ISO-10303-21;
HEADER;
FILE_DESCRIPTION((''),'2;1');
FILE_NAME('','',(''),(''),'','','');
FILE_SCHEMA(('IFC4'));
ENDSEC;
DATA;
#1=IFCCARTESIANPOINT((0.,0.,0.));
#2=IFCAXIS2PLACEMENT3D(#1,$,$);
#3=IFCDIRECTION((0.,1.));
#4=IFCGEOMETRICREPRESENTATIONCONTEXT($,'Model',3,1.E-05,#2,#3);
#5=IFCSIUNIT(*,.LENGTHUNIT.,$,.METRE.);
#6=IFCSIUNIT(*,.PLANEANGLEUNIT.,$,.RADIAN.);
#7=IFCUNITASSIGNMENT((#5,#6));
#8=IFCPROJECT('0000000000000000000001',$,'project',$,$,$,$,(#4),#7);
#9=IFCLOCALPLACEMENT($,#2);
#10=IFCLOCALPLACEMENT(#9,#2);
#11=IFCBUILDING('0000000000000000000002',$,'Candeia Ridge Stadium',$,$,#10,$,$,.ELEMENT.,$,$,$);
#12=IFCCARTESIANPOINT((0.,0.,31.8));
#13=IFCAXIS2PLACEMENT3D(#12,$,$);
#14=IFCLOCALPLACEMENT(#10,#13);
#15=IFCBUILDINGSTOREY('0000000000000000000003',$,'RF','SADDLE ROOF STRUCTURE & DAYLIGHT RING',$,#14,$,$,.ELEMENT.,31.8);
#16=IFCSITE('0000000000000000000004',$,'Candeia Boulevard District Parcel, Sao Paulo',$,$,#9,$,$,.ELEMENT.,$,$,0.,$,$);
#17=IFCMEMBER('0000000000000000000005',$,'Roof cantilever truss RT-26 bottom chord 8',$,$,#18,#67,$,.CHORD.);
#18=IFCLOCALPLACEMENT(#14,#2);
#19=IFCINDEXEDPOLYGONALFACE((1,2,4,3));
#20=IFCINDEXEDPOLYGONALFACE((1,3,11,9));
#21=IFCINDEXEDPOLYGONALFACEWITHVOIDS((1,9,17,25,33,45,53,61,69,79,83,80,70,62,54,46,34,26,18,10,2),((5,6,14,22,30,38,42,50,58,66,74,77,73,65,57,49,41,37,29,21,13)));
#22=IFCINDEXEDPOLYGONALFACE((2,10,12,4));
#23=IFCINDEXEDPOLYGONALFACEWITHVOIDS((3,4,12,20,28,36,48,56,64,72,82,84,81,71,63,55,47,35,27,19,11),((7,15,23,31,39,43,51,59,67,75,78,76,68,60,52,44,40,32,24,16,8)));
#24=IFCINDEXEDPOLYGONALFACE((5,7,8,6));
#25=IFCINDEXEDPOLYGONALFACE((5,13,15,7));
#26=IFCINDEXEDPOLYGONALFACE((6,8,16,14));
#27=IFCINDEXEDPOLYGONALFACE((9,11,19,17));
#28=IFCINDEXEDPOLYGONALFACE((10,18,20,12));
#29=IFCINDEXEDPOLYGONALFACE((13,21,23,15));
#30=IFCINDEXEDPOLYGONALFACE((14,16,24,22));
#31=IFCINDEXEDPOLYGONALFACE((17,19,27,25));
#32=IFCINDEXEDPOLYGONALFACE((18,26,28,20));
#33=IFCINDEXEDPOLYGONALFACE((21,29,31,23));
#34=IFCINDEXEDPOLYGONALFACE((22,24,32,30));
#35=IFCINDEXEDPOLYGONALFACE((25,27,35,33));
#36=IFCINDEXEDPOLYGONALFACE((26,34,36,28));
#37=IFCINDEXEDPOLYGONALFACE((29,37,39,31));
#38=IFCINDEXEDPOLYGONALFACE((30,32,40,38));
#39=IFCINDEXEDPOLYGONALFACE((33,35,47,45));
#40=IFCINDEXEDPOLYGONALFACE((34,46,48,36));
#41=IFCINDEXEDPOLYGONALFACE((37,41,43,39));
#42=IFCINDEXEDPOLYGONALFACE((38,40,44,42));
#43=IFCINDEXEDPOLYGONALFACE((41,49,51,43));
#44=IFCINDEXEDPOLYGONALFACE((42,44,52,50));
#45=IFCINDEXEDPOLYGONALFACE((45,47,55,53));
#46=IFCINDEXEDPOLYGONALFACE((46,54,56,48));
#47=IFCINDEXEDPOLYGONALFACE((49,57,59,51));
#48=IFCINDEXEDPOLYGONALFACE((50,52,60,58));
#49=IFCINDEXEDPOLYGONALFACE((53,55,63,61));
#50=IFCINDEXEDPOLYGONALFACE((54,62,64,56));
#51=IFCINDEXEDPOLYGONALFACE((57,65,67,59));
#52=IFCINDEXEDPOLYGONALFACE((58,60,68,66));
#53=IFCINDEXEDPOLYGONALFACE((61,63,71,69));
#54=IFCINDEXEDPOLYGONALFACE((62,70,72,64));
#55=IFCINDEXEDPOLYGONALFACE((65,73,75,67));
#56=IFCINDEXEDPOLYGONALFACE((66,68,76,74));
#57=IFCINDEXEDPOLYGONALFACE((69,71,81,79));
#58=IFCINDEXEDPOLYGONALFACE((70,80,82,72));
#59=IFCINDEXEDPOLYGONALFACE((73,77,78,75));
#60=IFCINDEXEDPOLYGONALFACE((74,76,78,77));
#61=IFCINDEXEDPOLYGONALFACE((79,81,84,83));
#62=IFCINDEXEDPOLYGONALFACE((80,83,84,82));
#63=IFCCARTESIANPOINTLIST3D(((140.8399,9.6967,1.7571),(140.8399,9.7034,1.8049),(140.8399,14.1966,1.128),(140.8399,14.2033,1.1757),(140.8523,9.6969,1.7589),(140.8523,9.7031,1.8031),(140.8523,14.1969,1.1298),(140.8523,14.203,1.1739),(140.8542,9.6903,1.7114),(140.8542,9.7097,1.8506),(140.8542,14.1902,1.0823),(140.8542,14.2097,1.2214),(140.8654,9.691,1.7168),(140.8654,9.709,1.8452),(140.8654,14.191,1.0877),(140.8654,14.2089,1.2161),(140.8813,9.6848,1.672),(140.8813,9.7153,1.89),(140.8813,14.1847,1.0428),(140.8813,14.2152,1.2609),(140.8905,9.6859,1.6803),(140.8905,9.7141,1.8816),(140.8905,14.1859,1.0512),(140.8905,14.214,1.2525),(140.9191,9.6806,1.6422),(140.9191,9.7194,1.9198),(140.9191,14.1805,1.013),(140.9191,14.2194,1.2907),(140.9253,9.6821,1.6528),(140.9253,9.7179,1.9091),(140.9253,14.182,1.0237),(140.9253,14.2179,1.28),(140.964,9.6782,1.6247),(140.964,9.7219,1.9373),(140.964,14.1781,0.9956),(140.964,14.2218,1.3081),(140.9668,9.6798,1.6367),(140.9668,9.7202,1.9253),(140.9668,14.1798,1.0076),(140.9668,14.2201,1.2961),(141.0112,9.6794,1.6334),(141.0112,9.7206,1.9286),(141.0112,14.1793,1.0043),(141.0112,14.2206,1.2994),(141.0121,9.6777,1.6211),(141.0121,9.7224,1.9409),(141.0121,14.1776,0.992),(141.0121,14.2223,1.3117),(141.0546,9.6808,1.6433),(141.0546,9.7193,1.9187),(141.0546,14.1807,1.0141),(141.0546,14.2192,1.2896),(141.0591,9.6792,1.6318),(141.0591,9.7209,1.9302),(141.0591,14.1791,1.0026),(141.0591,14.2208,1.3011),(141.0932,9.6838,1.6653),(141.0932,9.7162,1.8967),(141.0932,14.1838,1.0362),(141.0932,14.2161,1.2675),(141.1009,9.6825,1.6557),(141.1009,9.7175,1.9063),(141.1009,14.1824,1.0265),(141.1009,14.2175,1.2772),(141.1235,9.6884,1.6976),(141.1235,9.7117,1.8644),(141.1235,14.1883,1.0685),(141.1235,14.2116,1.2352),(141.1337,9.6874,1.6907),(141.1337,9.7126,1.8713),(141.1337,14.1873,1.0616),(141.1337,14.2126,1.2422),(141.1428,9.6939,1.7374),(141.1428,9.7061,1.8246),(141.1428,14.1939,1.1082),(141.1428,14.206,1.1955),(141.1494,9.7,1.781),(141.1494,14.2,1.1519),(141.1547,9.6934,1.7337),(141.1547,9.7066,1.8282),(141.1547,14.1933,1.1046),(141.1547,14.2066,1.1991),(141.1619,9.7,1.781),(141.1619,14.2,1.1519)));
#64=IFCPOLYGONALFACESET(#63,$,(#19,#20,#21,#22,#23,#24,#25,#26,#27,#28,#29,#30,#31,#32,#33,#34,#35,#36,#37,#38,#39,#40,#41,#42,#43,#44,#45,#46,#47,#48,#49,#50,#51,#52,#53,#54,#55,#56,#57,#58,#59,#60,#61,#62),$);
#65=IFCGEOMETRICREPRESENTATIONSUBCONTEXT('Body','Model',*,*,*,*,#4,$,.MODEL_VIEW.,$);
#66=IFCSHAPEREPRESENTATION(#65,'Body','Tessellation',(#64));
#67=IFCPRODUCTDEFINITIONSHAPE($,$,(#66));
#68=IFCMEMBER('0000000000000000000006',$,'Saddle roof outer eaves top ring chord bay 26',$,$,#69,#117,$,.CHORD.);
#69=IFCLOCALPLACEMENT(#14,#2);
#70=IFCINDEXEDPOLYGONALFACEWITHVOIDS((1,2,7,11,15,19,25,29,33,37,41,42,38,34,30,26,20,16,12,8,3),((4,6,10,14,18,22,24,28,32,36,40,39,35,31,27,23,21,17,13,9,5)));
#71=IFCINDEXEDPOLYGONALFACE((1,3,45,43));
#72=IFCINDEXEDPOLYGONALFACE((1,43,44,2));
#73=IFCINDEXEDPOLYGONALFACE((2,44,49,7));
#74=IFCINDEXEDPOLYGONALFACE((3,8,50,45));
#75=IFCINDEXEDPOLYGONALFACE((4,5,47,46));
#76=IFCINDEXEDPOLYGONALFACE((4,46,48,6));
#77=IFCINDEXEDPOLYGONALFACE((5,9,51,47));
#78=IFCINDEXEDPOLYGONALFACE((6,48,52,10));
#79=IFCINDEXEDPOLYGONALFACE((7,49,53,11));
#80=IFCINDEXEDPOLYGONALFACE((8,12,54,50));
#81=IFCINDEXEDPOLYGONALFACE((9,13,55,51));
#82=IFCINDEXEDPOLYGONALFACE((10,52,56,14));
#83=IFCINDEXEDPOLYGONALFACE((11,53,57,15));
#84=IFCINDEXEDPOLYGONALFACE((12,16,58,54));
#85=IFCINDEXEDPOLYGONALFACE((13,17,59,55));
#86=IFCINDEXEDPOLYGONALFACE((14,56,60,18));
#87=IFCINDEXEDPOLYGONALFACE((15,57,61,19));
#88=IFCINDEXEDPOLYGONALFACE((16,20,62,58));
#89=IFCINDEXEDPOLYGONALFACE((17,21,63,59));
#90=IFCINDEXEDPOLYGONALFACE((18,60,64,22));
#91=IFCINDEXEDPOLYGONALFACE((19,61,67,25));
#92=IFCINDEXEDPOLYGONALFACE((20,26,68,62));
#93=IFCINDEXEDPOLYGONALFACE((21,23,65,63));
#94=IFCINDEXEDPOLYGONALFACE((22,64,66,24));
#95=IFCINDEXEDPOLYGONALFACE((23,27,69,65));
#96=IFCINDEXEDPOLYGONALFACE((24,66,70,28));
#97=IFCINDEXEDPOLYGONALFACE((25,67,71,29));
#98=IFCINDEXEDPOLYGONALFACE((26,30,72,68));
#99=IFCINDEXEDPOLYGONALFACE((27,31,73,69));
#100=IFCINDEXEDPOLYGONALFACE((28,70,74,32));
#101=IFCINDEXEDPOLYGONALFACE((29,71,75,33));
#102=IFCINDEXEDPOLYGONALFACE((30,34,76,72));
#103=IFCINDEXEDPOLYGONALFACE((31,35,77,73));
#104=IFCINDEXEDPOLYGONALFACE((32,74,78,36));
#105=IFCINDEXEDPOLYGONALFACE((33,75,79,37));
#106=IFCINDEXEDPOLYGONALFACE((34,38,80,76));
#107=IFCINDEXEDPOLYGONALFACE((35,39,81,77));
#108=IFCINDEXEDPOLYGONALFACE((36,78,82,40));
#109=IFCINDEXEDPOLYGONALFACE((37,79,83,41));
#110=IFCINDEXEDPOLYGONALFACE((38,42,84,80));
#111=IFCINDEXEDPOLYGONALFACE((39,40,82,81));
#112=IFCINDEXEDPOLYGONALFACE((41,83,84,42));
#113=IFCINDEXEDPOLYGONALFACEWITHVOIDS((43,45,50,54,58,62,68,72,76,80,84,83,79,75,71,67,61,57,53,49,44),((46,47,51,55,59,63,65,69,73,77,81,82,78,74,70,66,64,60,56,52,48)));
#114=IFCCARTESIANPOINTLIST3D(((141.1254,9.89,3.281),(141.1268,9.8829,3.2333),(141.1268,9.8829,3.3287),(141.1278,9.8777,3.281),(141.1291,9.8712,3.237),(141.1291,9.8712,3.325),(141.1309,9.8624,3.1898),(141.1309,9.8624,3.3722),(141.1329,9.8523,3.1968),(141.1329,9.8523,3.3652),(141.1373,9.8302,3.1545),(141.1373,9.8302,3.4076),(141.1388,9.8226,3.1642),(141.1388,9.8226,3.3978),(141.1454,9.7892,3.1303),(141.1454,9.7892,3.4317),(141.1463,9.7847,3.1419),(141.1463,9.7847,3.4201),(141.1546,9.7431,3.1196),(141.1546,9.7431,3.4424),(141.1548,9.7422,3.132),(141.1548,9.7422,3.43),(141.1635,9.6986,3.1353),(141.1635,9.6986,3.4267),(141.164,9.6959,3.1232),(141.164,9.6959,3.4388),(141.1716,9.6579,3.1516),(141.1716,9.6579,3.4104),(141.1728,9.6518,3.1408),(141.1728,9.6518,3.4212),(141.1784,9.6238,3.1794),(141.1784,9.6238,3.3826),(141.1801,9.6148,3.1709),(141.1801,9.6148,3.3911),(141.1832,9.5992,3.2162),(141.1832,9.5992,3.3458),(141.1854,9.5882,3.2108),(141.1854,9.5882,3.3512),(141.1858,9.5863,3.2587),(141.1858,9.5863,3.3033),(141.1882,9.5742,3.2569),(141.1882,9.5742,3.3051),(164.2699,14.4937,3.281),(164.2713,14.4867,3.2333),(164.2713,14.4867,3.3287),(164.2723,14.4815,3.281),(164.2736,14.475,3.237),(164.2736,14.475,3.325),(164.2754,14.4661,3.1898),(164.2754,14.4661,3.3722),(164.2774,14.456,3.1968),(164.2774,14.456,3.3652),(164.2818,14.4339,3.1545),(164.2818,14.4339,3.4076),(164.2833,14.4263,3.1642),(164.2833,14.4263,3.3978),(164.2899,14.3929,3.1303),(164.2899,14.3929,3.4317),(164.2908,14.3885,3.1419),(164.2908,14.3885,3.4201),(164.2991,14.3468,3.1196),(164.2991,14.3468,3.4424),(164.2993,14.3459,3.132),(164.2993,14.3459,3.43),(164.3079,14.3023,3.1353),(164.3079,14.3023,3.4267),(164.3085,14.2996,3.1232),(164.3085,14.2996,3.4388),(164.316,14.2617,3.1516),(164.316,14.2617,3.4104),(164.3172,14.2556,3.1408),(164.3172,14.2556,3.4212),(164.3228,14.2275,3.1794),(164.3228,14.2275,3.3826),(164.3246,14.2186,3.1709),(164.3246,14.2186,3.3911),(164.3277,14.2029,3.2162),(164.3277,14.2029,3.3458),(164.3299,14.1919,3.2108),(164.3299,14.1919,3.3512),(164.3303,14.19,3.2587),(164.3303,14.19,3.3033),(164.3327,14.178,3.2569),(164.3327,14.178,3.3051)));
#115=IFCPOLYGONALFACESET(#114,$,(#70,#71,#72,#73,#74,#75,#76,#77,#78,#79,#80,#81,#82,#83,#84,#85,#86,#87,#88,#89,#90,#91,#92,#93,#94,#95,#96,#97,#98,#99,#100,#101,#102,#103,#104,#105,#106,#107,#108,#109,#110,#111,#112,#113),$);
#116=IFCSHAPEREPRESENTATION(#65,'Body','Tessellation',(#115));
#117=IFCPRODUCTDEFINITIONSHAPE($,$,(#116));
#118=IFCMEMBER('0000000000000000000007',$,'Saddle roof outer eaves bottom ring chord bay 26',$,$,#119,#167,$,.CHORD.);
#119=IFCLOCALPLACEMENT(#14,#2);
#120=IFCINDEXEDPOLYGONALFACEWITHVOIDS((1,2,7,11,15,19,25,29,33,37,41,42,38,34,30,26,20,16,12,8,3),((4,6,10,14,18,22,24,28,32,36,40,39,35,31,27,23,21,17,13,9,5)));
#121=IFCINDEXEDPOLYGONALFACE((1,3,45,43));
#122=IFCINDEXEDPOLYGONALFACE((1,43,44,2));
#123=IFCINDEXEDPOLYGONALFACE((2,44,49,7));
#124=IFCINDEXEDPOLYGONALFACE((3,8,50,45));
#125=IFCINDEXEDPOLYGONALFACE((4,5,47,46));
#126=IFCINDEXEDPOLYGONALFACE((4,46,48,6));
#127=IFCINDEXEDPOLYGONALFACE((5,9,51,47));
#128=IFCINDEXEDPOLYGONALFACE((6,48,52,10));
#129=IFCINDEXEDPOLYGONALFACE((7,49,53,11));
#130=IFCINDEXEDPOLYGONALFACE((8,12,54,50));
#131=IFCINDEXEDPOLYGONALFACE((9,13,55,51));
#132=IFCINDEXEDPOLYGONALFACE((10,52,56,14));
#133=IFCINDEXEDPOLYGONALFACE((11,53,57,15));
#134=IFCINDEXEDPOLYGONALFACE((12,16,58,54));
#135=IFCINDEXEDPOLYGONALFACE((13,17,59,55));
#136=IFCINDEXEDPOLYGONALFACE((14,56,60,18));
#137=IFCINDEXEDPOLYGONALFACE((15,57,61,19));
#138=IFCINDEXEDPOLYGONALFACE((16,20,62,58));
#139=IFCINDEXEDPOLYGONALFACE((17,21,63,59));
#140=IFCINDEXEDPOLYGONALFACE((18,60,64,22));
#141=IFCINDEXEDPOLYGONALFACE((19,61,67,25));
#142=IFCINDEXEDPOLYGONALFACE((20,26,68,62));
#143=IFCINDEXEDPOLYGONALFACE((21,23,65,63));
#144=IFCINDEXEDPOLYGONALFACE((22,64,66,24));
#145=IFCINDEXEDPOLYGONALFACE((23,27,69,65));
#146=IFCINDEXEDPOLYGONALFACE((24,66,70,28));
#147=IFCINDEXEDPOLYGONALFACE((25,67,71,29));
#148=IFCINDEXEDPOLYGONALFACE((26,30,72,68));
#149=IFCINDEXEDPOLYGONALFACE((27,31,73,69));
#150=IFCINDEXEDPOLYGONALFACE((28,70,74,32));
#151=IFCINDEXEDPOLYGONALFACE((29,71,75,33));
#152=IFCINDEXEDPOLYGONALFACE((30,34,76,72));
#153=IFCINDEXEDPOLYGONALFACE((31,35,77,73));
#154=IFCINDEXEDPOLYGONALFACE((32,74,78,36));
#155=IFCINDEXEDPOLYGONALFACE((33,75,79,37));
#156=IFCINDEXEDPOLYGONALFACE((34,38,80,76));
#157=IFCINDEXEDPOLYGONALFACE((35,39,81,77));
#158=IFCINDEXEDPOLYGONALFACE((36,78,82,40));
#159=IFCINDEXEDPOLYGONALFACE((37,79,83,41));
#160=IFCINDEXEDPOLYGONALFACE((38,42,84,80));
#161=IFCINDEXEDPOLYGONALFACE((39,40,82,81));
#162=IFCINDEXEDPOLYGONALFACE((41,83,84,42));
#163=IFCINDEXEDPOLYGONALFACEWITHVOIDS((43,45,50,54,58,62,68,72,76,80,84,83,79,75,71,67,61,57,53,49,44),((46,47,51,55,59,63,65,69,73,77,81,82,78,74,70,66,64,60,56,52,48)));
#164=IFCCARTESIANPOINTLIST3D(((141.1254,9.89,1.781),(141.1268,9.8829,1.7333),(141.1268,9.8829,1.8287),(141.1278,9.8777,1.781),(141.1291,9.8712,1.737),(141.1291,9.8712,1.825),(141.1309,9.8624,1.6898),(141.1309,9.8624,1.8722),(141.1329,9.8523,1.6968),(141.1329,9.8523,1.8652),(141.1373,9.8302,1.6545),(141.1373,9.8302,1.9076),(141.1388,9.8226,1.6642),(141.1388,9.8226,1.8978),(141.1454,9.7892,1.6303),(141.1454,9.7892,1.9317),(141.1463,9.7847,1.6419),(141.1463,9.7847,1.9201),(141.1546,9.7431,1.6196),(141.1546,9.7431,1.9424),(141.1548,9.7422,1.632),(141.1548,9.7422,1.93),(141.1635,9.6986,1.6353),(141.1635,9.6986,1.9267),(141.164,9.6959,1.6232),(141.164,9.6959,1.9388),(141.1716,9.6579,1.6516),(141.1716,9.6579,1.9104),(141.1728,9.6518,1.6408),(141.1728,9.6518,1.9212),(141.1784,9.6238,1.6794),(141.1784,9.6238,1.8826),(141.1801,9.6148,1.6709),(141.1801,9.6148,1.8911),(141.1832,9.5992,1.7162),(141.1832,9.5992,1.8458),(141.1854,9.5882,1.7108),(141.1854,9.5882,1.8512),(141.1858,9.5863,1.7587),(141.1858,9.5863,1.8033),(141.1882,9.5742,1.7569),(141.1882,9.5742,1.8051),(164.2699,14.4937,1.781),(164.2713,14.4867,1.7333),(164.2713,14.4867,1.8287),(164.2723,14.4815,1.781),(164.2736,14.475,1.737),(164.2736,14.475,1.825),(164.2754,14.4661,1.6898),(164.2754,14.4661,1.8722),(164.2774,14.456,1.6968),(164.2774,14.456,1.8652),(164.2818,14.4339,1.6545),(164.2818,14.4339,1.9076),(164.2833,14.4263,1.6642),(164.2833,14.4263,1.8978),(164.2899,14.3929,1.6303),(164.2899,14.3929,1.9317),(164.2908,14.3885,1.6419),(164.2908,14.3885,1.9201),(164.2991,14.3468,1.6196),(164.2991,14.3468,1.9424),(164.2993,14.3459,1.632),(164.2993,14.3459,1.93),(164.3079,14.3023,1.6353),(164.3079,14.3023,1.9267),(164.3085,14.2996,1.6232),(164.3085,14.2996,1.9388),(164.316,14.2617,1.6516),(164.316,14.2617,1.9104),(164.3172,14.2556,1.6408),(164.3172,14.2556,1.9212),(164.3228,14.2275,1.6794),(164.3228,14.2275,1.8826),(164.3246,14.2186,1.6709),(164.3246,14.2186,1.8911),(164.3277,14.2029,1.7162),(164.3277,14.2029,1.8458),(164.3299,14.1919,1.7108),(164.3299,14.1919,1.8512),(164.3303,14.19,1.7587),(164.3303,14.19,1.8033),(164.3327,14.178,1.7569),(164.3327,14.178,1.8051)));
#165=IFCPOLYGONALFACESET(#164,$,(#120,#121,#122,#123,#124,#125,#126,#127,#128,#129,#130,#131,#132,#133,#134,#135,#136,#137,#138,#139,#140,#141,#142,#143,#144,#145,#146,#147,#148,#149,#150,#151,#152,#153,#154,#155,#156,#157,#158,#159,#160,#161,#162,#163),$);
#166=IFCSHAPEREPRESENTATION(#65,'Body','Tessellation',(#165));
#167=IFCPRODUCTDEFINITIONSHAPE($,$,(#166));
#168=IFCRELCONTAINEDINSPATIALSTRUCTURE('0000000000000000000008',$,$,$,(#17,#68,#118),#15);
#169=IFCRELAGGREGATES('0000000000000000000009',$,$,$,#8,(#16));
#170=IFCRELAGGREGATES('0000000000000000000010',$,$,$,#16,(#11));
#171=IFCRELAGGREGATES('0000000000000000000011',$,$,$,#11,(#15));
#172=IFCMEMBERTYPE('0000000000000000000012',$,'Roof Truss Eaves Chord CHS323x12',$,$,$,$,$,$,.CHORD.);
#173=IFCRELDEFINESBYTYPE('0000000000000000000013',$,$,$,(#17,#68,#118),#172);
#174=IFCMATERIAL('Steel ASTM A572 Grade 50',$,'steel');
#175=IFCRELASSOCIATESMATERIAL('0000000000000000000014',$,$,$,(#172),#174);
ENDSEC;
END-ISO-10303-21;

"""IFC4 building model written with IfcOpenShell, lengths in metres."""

from ifc_helpers import new_model, si_unit, direction, frame, origin, origin_2d, place, context, subcontext, project, spatial, hollow_circle, extrude, material, material_profile, profile_set, type_object, element, save


model = new_model("IFC4")

# Units and contexts
model_context = context("Model", 3, precision=1e-05, world=origin(), true_north=direction((0.0, 1.0)))
body_context = subcontext(model_context, "Body", "Model", "MODEL_VIEW")
ifc_project = project(units=[si_unit("LENGTHUNIT", "METRE"), si_unit("PLANEANGLEUNIT", "RADIAN")], contexts=[model_context])

# Site, building, storey
site_placement = place(None, origin())
site = spatial("IfcSite", under=ifc_project, at=site_placement, Name="Candeia Boulevard District Parcel, Sao Paulo", CompositionType="ELEMENT", RefElevation=0.0)
building_placement = place(site_placement, origin())
building = spatial("IfcBuilding", under=site, at=building_placement, Name="Candeia Ridge Stadium", CompositionType="ELEMENT")
storey_placement = place(building_placement, frame((0.0, 0.0, 31.8)))
storey = spatial("IfcBuildingStorey", under=building, at=storey_placement, Name="RF", Description="SADDLE ROOF STRUCTURE & DAYLIGHT RING", CompositionType="ELEMENT", Elevation=31.8)

# Shared definitions
ifc_material_1 = material(Name="Steel ASTM A572 Grade 50", Category="steel")

# Members
ifc_material_profile_1 = material_profile(ifc_material_1, hollow_circle(Radius=0.1619, WallThickness=0.0125, at=origin_2d()), Name="CHS323x12", Category="steel")
ifc_profile_set_1 = profile_set([ifc_material_profile_1], Name="Steel ASTM A572 Grade 50")
member_type_1 = type_object("IfcMemberType", Name="Roof Truss Eaves Chord CHS323x12", PredefinedType="CHORD", material=ifc_profile_set_1)
member_1_placement = place(storey_placement, frame((141.0, 14.2, 1.1519), z_axis=(0.0, -0.990367, 0.138464), x_axis=(1.0, 0.0, 0.0)))
element("IfcMember", 1, at=member_1_placement, inside=storey, type_object=member_type_1, Name="Roof cantilever truss RT-26 bottom chord 8", PredefinedType="CHORD", context=body_context, shape_type="SweptSolid", body=[
    extrude(hollow_circle(Radius=0.1619, WallThickness=0.0125, at=origin_2d()), origin(), (0.0, 0.0, 1.0), 4.5437),
])
for number, where, z_axis, x_axis, name in (
    (2, (141.157, 9.7312, 3.281), (0.980785, 0.195091, 0.0), (-0.195091, 0.980785, 0.0), "Saddle roof outer eaves top ring chord bay 26"),
    (3, (141.157, 9.7312, 1.781), (0.980785, 0.195091, 0.0), (-0.195091, 0.980785, 0.0), "Saddle roof outer eaves bottom ring chord bay 26"),
):
    element("IfcMember", number, at=place(storey_placement, frame(where, z_axis=z_axis, x_axis=x_axis)), inside=storey, type_object=member_type_1, Name=name, PredefinedType="CHORD", context=body_context, shape_type="SweptSolid", body=[
        extrude(hollow_circle(Radius=0.1619, WallThickness=0.0125, at=origin_2d()), origin(), (0.0, 0.0, 1.0), 23.5979),
    ])

save(model, "model.ifc")
